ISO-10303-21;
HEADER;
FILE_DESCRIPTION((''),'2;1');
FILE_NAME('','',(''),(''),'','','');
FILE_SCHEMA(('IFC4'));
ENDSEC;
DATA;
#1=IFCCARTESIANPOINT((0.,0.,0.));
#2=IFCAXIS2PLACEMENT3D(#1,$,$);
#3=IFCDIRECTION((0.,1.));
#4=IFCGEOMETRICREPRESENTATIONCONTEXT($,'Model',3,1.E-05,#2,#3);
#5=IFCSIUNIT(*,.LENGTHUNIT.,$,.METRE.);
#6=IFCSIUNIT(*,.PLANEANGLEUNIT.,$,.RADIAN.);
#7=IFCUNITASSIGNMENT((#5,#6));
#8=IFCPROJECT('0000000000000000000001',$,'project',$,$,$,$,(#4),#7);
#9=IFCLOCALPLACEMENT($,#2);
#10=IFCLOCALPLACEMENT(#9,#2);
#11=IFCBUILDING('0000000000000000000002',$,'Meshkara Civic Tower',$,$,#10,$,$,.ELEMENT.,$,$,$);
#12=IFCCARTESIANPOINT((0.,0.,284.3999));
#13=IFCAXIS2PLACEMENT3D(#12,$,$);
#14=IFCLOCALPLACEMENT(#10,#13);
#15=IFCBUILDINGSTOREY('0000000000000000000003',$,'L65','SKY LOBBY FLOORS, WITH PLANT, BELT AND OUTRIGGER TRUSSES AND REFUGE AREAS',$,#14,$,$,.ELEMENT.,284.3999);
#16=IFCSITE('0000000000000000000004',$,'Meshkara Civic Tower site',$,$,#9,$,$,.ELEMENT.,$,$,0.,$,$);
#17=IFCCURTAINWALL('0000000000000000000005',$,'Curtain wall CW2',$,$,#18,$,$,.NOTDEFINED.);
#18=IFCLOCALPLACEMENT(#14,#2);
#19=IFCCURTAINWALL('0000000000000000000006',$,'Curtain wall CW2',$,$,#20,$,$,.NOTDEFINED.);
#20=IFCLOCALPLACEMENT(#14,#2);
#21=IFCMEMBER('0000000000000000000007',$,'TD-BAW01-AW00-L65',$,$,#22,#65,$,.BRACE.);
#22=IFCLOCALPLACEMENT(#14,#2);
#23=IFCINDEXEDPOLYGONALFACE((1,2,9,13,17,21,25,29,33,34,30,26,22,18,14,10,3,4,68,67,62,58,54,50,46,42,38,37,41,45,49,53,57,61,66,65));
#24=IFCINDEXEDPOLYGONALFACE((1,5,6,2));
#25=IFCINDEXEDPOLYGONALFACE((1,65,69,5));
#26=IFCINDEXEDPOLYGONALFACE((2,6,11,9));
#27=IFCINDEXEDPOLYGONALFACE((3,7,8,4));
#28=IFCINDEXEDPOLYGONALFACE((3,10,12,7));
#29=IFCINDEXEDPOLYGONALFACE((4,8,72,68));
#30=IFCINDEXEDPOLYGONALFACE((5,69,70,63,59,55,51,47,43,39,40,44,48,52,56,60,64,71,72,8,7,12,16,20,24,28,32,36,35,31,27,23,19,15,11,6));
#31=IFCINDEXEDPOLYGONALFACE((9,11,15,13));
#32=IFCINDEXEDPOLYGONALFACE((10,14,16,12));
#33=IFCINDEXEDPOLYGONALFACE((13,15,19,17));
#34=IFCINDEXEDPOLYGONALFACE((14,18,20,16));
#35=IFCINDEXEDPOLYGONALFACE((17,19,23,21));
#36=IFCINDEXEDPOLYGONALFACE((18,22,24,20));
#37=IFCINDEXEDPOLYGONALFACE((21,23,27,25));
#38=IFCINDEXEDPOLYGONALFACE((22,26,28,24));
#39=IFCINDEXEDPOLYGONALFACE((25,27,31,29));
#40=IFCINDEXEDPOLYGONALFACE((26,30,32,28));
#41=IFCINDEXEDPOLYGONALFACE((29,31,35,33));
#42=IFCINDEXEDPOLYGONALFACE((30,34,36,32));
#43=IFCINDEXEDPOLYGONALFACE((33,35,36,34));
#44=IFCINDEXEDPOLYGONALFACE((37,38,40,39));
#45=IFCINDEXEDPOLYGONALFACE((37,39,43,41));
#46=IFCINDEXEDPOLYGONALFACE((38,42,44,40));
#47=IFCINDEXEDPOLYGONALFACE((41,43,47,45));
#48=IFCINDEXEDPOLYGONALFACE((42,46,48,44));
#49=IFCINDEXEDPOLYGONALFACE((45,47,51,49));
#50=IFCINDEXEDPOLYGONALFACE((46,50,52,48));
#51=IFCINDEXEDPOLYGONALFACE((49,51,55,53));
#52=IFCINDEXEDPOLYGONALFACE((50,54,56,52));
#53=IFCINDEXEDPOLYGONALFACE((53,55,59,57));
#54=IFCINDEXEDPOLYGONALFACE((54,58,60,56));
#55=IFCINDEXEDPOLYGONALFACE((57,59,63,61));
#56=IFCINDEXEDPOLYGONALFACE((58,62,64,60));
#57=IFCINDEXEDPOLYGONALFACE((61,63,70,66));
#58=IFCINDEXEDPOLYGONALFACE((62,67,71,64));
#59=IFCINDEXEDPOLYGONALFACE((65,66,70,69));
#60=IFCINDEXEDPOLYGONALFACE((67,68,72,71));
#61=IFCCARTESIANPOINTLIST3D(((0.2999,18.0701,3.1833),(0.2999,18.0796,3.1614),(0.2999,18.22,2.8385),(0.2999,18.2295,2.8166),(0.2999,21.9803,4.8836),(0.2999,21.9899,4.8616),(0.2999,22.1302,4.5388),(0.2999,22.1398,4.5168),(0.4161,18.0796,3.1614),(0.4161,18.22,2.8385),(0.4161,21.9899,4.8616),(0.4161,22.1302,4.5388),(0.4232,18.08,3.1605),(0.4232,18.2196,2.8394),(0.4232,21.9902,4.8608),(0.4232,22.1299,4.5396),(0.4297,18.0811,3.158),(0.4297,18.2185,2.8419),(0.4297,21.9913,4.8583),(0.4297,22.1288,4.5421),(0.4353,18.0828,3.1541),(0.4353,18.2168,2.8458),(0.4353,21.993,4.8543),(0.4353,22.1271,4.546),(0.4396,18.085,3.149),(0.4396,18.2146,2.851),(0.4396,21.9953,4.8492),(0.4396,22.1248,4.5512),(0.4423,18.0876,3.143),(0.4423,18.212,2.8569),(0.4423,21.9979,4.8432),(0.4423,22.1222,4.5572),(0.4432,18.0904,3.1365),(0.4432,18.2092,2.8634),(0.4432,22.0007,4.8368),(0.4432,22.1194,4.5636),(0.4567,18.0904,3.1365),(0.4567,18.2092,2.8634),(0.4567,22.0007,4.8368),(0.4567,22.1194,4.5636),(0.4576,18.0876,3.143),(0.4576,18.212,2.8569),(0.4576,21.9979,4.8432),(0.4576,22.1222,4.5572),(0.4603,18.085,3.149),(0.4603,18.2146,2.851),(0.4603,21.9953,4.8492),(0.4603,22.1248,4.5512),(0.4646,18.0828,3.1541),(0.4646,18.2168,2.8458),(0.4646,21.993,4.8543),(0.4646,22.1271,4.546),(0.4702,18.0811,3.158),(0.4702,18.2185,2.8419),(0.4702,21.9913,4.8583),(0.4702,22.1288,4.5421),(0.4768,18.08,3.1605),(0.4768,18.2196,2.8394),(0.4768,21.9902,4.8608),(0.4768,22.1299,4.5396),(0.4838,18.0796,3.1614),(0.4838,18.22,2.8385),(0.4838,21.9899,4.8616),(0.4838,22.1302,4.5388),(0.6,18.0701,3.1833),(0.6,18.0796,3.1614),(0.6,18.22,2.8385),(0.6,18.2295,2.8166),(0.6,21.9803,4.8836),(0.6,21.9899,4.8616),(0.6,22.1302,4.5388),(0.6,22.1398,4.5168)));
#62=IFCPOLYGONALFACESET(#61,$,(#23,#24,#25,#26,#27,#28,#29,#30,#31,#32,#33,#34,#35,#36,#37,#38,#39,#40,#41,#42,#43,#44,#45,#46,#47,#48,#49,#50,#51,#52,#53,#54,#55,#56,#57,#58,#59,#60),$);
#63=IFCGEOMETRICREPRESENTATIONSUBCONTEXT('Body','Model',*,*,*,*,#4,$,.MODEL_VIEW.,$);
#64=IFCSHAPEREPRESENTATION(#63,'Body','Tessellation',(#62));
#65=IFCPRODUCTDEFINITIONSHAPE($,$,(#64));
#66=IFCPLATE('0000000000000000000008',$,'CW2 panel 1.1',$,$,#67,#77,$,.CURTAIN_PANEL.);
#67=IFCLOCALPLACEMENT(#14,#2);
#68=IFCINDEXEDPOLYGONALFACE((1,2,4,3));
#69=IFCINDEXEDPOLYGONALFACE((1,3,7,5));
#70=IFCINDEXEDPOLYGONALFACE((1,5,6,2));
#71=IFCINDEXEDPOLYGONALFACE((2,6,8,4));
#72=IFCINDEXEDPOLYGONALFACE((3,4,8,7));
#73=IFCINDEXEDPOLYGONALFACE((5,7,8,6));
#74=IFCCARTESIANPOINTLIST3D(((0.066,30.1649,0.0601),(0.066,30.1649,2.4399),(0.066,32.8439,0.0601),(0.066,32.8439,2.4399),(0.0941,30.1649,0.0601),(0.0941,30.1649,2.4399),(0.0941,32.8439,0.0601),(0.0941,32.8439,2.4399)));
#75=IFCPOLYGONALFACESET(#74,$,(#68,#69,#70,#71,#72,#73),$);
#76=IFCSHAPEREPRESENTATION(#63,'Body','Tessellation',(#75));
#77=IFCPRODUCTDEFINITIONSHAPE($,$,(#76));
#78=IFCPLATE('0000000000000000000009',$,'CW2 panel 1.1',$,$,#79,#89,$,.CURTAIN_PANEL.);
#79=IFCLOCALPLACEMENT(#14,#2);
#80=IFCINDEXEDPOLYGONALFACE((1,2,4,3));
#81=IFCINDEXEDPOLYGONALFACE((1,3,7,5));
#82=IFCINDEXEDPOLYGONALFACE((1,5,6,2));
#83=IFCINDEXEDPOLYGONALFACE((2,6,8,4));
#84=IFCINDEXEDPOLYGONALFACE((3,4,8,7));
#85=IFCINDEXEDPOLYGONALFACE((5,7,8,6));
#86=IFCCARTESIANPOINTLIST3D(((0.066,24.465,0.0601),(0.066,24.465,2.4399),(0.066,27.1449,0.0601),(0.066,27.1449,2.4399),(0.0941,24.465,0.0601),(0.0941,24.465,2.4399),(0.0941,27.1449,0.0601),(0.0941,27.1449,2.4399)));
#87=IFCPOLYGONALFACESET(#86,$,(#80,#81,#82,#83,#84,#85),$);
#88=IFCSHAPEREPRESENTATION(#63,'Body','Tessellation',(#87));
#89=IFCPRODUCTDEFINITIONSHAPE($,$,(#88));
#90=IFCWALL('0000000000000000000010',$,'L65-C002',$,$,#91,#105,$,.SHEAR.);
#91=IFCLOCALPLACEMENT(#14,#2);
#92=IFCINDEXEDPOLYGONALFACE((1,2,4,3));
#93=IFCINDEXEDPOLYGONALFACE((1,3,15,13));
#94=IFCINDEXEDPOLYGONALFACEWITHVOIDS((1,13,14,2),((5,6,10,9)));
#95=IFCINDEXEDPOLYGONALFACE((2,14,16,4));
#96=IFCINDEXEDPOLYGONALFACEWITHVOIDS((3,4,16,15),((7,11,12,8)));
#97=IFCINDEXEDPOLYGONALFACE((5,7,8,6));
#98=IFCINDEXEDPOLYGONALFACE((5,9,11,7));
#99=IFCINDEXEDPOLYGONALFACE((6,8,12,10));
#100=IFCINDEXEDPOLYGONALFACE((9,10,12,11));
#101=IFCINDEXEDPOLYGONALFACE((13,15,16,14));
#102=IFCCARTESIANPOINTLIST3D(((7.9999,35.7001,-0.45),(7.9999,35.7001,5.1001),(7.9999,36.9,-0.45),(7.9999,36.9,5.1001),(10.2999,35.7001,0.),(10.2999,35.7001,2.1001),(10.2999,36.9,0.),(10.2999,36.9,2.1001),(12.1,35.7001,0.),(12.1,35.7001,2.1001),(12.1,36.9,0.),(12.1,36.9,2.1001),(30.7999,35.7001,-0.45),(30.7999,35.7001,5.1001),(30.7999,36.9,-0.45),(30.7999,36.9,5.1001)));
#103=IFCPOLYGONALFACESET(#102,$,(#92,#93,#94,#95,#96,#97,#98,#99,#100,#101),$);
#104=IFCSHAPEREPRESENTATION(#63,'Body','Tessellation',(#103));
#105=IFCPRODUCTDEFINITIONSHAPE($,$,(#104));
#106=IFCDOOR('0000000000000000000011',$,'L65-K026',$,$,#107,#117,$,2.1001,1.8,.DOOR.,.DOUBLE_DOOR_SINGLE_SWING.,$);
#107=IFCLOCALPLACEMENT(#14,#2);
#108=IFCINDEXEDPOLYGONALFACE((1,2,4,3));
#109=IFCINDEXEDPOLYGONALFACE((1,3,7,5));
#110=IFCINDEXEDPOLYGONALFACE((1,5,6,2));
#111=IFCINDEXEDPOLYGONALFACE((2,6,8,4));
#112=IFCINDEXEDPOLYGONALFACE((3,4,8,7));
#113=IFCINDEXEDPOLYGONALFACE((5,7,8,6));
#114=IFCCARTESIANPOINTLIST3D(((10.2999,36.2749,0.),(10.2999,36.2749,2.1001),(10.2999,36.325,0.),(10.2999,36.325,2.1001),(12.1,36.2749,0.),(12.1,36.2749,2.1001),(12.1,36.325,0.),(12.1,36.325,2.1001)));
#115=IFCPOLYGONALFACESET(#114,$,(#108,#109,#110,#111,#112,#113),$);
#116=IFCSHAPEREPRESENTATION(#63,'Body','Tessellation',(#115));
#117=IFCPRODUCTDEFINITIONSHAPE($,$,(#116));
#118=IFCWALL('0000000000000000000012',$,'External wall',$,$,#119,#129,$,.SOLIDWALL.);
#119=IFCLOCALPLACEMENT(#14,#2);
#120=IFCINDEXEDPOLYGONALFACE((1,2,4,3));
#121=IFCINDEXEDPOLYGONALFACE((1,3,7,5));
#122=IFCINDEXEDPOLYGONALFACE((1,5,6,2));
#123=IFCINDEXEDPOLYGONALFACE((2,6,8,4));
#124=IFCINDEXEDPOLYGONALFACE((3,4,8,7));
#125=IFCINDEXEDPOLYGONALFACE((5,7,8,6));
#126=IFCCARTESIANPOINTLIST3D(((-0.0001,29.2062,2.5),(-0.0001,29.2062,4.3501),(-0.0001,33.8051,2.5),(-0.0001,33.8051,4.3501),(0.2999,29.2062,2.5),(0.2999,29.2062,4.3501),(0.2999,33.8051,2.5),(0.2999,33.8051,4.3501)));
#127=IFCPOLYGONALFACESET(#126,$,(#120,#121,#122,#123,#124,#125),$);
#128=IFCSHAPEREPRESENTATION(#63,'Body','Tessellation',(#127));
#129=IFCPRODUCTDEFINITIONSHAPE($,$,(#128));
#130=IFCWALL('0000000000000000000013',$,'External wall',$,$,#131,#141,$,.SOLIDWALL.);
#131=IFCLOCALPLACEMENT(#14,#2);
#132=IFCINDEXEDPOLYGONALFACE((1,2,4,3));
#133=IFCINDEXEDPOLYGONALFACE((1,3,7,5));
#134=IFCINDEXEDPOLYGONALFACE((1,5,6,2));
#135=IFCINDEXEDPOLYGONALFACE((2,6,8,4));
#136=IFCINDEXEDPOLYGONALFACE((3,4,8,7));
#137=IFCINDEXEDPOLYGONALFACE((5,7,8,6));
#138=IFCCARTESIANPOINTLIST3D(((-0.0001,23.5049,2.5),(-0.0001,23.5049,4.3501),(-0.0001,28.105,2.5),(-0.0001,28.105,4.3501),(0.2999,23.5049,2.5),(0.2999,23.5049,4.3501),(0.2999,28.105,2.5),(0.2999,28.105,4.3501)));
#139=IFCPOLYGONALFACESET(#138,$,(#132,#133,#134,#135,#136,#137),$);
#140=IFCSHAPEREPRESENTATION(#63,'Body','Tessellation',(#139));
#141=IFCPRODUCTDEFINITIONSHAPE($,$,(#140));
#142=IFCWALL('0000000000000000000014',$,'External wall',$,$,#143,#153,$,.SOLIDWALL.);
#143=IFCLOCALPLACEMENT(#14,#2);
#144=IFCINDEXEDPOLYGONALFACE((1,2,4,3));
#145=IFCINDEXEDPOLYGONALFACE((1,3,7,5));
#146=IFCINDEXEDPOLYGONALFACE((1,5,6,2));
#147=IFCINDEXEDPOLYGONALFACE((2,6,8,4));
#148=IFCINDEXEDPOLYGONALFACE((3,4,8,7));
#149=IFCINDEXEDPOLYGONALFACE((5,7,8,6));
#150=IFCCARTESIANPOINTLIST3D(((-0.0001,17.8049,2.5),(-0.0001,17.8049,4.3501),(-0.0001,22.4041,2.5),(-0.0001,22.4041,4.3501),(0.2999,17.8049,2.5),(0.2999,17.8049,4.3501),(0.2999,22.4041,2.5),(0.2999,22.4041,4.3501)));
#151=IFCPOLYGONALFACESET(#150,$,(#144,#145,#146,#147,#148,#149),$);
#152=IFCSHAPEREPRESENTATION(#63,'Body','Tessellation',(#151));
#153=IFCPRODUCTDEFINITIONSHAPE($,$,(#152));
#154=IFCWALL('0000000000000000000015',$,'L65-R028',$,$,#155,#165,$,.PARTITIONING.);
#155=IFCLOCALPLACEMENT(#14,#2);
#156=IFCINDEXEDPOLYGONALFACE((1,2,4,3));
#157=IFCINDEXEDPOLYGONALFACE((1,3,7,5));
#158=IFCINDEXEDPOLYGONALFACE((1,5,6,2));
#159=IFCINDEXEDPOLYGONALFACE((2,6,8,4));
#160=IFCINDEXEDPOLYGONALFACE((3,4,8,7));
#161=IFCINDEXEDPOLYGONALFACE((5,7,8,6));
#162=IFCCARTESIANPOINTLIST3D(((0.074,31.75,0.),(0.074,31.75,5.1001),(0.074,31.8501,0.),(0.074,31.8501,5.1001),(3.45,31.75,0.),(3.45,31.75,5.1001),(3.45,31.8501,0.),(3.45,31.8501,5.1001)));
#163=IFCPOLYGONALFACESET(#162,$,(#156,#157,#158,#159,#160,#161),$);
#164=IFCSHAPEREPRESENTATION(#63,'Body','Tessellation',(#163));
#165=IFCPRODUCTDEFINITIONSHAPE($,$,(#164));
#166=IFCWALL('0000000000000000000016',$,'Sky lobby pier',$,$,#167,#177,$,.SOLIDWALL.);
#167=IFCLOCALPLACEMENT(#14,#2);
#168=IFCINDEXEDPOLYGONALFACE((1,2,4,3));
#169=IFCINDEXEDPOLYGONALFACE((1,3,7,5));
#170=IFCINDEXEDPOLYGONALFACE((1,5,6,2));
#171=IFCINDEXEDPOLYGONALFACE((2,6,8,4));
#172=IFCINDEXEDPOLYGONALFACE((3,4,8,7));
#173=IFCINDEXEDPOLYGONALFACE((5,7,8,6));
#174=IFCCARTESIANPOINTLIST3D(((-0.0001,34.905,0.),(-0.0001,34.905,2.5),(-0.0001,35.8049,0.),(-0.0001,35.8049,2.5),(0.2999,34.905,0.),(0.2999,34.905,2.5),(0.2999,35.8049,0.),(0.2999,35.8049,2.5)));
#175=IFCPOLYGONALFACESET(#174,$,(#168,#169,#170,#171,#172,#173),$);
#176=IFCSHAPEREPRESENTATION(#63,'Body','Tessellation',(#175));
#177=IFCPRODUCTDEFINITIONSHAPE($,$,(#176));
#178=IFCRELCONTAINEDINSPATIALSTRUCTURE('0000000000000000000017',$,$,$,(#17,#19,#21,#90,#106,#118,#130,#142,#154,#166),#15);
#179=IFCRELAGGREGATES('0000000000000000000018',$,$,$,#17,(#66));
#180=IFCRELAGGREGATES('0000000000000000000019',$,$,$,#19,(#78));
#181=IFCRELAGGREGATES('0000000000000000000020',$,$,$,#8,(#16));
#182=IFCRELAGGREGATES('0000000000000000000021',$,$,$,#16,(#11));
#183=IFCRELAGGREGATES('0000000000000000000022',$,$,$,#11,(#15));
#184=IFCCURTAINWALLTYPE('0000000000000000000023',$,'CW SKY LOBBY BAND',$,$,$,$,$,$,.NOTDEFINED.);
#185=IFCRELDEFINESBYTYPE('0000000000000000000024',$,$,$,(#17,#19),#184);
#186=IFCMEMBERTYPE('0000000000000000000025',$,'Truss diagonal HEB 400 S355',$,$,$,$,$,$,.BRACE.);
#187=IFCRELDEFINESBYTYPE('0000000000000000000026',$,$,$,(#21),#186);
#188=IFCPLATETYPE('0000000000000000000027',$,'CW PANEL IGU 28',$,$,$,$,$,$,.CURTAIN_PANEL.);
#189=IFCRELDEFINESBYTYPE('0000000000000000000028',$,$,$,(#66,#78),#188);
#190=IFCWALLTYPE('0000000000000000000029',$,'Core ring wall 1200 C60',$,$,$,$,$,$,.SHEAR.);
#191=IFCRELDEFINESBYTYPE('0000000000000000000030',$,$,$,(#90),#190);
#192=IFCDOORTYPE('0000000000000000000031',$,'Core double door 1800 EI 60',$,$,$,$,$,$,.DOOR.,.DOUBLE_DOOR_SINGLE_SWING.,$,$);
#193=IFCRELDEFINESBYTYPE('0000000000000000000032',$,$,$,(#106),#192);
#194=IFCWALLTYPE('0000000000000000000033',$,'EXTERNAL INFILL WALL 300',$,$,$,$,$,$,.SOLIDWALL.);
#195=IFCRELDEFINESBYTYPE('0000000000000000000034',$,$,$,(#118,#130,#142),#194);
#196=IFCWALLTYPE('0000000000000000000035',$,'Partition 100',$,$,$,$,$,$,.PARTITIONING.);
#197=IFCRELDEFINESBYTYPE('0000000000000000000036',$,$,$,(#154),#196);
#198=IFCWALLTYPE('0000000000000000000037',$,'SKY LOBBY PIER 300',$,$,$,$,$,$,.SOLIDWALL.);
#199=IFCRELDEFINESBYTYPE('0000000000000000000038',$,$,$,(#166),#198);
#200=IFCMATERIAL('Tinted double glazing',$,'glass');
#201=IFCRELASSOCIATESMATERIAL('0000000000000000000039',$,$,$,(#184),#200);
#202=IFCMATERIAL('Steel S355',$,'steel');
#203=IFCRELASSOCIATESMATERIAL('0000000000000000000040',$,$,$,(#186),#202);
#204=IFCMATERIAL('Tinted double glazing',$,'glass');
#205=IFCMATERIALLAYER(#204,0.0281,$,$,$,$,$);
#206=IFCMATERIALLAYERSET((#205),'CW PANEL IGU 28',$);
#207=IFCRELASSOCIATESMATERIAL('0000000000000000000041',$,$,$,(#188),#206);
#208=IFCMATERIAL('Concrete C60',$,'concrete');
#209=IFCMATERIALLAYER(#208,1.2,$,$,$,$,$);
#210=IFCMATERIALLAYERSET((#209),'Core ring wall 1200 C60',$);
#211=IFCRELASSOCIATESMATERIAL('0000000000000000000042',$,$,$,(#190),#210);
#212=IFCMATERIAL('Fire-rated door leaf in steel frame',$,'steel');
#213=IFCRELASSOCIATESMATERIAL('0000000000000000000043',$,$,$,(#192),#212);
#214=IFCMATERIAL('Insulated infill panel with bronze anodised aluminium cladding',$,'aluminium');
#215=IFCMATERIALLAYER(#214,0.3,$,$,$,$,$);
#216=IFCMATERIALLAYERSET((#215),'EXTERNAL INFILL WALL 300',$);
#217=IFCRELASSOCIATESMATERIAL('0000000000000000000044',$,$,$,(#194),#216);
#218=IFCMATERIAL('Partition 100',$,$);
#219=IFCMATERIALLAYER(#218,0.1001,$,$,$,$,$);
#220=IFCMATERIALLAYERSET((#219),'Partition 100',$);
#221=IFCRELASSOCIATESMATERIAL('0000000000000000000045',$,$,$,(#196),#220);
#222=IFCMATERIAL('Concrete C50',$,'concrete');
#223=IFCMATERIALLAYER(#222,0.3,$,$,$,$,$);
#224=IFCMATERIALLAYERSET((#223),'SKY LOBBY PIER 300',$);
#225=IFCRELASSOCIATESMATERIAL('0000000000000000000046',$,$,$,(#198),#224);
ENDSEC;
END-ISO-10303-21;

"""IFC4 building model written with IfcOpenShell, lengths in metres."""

from ifc_helpers import new_model, si_unit, direction, frame, frame_2d, origin, origin_2d, place, context, subcontext, project, spatial, rectangle, i_section, extrude, material, layer, layer_set, material_profile, profile_set, type_object, element, fill, aggregate, save


model = new_model("IFC4")

# Units and contexts
model_context = context("Model", 3, precision=1e-05, world=origin(), true_north=direction((0.0, 1.0)))
body_context = subcontext(model_context, "Body", "Model", "MODEL_VIEW")
ifc_project = project(units=[si_unit("LENGTHUNIT", "METRE"), si_unit("PLANEANGLEUNIT", "RADIAN")], contexts=[model_context])

# Site, building, storey
site_placement = place(None, origin())
site = spatial("IfcSite", under=ifc_project, at=site_placement, Name="Meshkara Civic Tower site", CompositionType="ELEMENT", RefElevation=0.0)
building_placement = place(site_placement, origin())
building = spatial("IfcBuilding", under=site, at=building_placement, Name="Meshkara Civic Tower", CompositionType="ELEMENT")
storey_placement = place(building_placement, frame((0.0, 0.0, 284.3999)))
storey = spatial("IfcBuildingStorey", under=building, at=storey_placement, Name="L65", Description="SKY LOBBY FLOORS, WITH PLANT, BELT AND OUTRIGGER TRUSSES AND REFUGE AREAS", CompositionType="ELEMENT", Elevation=284.3999)

# Shared definitions
ifc_material_1 = material(Name="Tinted double glazing", Category="glass")
curtain_wall_type = type_object("IfcCurtainWallType", Name="CW SKY LOBBY BAND", PredefinedType="NOTDEFINED", material=ifc_material_1)

# Curtain walls
curtain_wall_1_placement = place(storey_placement, origin())
curtain_wall_1 = element("IfcCurtainWall", 1, at=curtain_wall_1_placement, inside=storey, type_object=curtain_wall_type, Name="Curtain wall CW2", PredefinedType="NOTDEFINED")
curtain_wall_2_placement = place(storey_placement, origin())
curtain_wall_2 = element("IfcCurtainWall", 2, at=curtain_wall_2_placement, inside=storey, type_object=curtain_wall_type, Name="Curtain wall CW2", PredefinedType="NOTDEFINED")

# Member
ifc_material_2 = material(Name="Steel S355", Category="steel")
ifc_material_profile_1 = material_profile(ifc_material_2, i_section(OverallWidth=0.3, OverallDepth=0.3999, WebThickness=0.0134, FlangeThickness=0.0239, FilletRadius=0.0271, at=origin_2d()))
ifc_profile_set_1 = profile_set([ifc_material_profile_1], Name="Steel S355")
member_type_1 = type_object("IfcMemberType", Name="Truss diagonal HEB 400 S355", PredefinedType="BRACE", material=ifc_profile_set_1)
member_1_placement = place(storey_placement, frame((0.45, 22.0601, 4.7002), z_axis=(0.0, -0.917059, -0.398751), x_axis=(1.0, 0.0, 0.0)))
element("IfcMember", 3, at=member_1_placement, inside=storey, type_object=member_type_1, Name="TD-BAW01-AW00-L65", PredefinedType="BRACE", context=body_context, shape_type="SweptSolid", body=[
    extrude(i_section(OverallWidth=0.3, OverallDepth=0.3999, WebThickness=0.0134, FlangeThickness=0.0239, FilletRadius=0.0271, at=origin_2d()), origin(), (0.0, 0.0, 1.0), 4.2639),
])

# Plates
ifc_material_3 = material(Name="Tinted double glazing", Category="glass")
ifc_layer_1 = layer(ifc_material_3, 0.0281)
ifc_layer_set_1 = layer_set([ifc_layer_1], Name="CW PANEL IGU 28")
plate_type = type_object("IfcPlateType", Name="CW PANEL IGU 28", PredefinedType="CURTAIN_PANEL", material=ifc_layer_set_1)
plate_1_placement = place(storey_placement, frame((0.0801, 31.5044, 0.0601), z_axis=(0.0, 0.0, 1.0), x_axis=(0.0, -1.0, 0.0)))
plate_1 = element("IfcPlate", 4, at=plate_1_placement, type_object=plate_type, Name="CW2 panel 1.1", PredefinedType="CURTAIN_PANEL", context=body_context, shape_type="SweptSolid", body=[
    extrude(rectangle(XDim=2.679, YDim=0.0281, at=origin_2d()), origin(), (0.0, 0.0, 1.0), 2.3799),
])
aggregate(curtain_wall_1, [plate_1])
plate_2_placement = place(storey_placement, frame((0.0801, 25.8049, 0.0601), z_axis=(0.0, 0.0, 1.0), x_axis=(0.0, -1.0, 0.0)))
plate_2 = element("IfcPlate", 5, at=plate_2_placement, type_object=plate_type, Name="CW2 panel 1.1", PredefinedType="CURTAIN_PANEL", context=body_context, shape_type="SweptSolid", body=[
    extrude(rectangle(XDim=2.6799, YDim=0.0281, at=origin_2d()), origin(), (0.0, 0.0, 1.0), 2.3799),
])
aggregate(curtain_wall_2, [plate_2])

# Wall, opening, door
ifc_material_4 = material(Name="Concrete C60", Category="concrete")
ifc_layer_2 = layer(ifc_material_4, 1.2)
ifc_layer_set_2 = layer_set([ifc_layer_2], Name="Core ring wall 1200 C60")
wall_type_1 = type_object("IfcWallType", Name="Core ring wall 1200 C60", PredefinedType="SHEAR", material=ifc_layer_set_2)
wall_1_placement = place(storey_placement, frame((8.0, 36.3, -0.45), z_axis=(0.0, 0.0, 1.0), x_axis=(1.0, 0.0, 0.0)))
wall_1 = element("IfcWall", 6, at=wall_1_placement, inside=storey, type_object=wall_type_1, Name="L65-C002", PredefinedType="SHEAR", context=body_context, shape_type="SweptSolid", body=[
    extrude(rectangle(XDim=22.8, YDim=1.2, at=frame_2d((11.3999, 0.0))), origin(), (0.0, 0.0, 1.0), 5.55),
])
opening_placement = place(wall_1_placement, frame((2.3, 0.0, 0.45)))
opening = element("IfcOpeningElement", 7, at=opening_placement, cuts=wall_1, PredefinedType="OPENING", context=body_context, shape_type="SweptSolid", body=[
    extrude(rectangle(XDim=1.8, YDim=2.1001, at=frame_2d((0.8999, 1.05))), frame((0.0, 0.6099, 0.0), z_axis=(0.0, -1.0, 0.0), x_axis=(1.0, 0.0, 0.0)), (0.0, 0.0, 1.0), 1.22),
])
ifc_material_5 = material(Name="Fire-rated door leaf in steel frame", Category="steel")
door_type = type_object("IfcDoorType", Name="Core double door 1800 EI 60", OperationType="DOUBLE_DOOR_SINGLE_SWING", PredefinedType="DOOR", material=ifc_material_5)
door_placement = place(opening_placement, origin())
door = element("IfcDoor", 8, at=door_placement, inside=storey, type_object=door_type, Name="L65-K026", OperationType="DOUBLE_DOOR_SINGLE_SWING", OverallHeight=2.1001, OverallWidth=1.8, PredefinedType="DOOR", context=body_context, shape_type="SweptSolid", body=[
    extrude(rectangle(XDim=1.8, YDim=2.1001, at=frame_2d((0.8999, 1.05))), frame((0.0, 0.0249, 0.0), z_axis=(0.0, -1.0, 0.0), x_axis=(1.0, 0.0, 0.0)), (0.0, 0.0, 1.0), 0.05),
])
fill(opening, door)

# Walls
ifc_material_6 = material(Name="Insulated infill panel with bronze anodised aluminium cladding", Category="aluminium")
ifc_layer_3 = layer(ifc_material_6, 0.3)
ifc_layer_set_3 = layer_set([ifc_layer_3], Name="EXTERNAL INFILL WALL 300")
wall_type_2 = type_object("IfcWallType", Name="EXTERNAL INFILL WALL 300", PredefinedType="SOLIDWALL", material=ifc_layer_set_3)
wall_2_placement = place(storey_placement, frame((0.1499, 33.8049, 2.5), z_axis=(0.0, 0.0, 1.0), x_axis=(0.0, -1.0, 0.0)))
element("IfcWall", 9, at=wall_2_placement, inside=storey, type_object=wall_type_2, Name="External wall", PredefinedType="SOLIDWALL", context=body_context, shape_type="SweptSolid", body=[
    extrude(rectangle(XDim=4.5989, YDim=0.3, at=frame_2d((2.2993, 0.0))), origin(), (0.0, 0.0, 1.0), 1.8501),
])
wall_3_placement = place(storey_placement, frame((0.1499, 28.105, 2.5), z_axis=(0.0, 0.0, 1.0), x_axis=(0.0, -1.0, 0.0)))
element("IfcWall", 10, at=wall_3_placement, inside=storey, type_object=wall_type_2, Name="External wall", PredefinedType="SOLIDWALL", context=body_context, shape_type="SweptSolid", body=[
    extrude(rectangle(XDim=4.6001, YDim=0.3, at=frame_2d((2.3, 0.0))), origin(), (0.0, 0.0, 1.0), 1.8501),
])
wall_4_placement = place(storey_placement, frame((0.1499, 22.4041, 2.5), z_axis=(0.0, 0.0, 1.0), x_axis=(0.0, -1.0, 0.0)))
element("IfcWall", 11, at=wall_4_placement, inside=storey, type_object=wall_type_2, Name="External wall", PredefinedType="SOLIDWALL", context=body_context, shape_type="SweptSolid", body=[
    extrude(rectangle(XDim=4.5991, YDim=0.3, at=frame_2d((2.2996, 0.0))), origin(), (0.0, 0.0, 1.0), 1.8501),
])
ifc_material_7 = material(Name="Partition 100")
ifc_layer_4 = layer(ifc_material_7, 0.1001)
ifc_layer_set_4 = layer_set([ifc_layer_4], Name="Partition 100")
wall_type_3 = type_object("IfcWallType", Name="Partition 100", PredefinedType="PARTITIONING", material=ifc_layer_set_4)
wall_5_placement = place(storey_placement, frame((3.45, 31.8, 0.0), z_axis=(0.0, 0.0, 1.0), x_axis=(-1.0, 0.0, 0.0)))
element("IfcWall", 12, at=wall_5_placement, inside=storey, type_object=wall_type_3, Name="L65-R028", PredefinedType="PARTITIONING", context=body_context, shape_type="SweptSolid", body=[
    extrude(rectangle(XDim=3.376, YDim=0.1001, at=frame_2d((1.688, 0.0))), origin(), (0.0, 0.0, 1.0), 5.1001),
])
ifc_material_8 = material(Name="Concrete C50", Category="concrete")
ifc_layer_5 = layer(ifc_material_8, 0.3)
ifc_layer_set_5 = layer_set([ifc_layer_5], Name="SKY LOBBY PIER 300")
wall_type_4 = type_object("IfcWallType", Name="SKY LOBBY PIER 300", PredefinedType="SOLIDWALL", material=ifc_layer_set_5)
wall_6_placement = place(storey_placement, frame((0.1499, 35.8049, 0.0), z_axis=(0.0, 0.0, 1.0), x_axis=(0.0, -1.0, 0.0)))
element("IfcWall", 13, at=wall_6_placement, inside=storey, type_object=wall_type_4, Name="Sky lobby pier", PredefinedType="SOLIDWALL", context=body_context, shape_type="SweptSolid", body=[
    extrude(rectangle(XDim=0.8999, YDim=0.3, at=frame_2d((0.45, 0.0))), origin(), (0.0, 0.0, 1.0), 2.5),
])

save(model, "model.ifc")
